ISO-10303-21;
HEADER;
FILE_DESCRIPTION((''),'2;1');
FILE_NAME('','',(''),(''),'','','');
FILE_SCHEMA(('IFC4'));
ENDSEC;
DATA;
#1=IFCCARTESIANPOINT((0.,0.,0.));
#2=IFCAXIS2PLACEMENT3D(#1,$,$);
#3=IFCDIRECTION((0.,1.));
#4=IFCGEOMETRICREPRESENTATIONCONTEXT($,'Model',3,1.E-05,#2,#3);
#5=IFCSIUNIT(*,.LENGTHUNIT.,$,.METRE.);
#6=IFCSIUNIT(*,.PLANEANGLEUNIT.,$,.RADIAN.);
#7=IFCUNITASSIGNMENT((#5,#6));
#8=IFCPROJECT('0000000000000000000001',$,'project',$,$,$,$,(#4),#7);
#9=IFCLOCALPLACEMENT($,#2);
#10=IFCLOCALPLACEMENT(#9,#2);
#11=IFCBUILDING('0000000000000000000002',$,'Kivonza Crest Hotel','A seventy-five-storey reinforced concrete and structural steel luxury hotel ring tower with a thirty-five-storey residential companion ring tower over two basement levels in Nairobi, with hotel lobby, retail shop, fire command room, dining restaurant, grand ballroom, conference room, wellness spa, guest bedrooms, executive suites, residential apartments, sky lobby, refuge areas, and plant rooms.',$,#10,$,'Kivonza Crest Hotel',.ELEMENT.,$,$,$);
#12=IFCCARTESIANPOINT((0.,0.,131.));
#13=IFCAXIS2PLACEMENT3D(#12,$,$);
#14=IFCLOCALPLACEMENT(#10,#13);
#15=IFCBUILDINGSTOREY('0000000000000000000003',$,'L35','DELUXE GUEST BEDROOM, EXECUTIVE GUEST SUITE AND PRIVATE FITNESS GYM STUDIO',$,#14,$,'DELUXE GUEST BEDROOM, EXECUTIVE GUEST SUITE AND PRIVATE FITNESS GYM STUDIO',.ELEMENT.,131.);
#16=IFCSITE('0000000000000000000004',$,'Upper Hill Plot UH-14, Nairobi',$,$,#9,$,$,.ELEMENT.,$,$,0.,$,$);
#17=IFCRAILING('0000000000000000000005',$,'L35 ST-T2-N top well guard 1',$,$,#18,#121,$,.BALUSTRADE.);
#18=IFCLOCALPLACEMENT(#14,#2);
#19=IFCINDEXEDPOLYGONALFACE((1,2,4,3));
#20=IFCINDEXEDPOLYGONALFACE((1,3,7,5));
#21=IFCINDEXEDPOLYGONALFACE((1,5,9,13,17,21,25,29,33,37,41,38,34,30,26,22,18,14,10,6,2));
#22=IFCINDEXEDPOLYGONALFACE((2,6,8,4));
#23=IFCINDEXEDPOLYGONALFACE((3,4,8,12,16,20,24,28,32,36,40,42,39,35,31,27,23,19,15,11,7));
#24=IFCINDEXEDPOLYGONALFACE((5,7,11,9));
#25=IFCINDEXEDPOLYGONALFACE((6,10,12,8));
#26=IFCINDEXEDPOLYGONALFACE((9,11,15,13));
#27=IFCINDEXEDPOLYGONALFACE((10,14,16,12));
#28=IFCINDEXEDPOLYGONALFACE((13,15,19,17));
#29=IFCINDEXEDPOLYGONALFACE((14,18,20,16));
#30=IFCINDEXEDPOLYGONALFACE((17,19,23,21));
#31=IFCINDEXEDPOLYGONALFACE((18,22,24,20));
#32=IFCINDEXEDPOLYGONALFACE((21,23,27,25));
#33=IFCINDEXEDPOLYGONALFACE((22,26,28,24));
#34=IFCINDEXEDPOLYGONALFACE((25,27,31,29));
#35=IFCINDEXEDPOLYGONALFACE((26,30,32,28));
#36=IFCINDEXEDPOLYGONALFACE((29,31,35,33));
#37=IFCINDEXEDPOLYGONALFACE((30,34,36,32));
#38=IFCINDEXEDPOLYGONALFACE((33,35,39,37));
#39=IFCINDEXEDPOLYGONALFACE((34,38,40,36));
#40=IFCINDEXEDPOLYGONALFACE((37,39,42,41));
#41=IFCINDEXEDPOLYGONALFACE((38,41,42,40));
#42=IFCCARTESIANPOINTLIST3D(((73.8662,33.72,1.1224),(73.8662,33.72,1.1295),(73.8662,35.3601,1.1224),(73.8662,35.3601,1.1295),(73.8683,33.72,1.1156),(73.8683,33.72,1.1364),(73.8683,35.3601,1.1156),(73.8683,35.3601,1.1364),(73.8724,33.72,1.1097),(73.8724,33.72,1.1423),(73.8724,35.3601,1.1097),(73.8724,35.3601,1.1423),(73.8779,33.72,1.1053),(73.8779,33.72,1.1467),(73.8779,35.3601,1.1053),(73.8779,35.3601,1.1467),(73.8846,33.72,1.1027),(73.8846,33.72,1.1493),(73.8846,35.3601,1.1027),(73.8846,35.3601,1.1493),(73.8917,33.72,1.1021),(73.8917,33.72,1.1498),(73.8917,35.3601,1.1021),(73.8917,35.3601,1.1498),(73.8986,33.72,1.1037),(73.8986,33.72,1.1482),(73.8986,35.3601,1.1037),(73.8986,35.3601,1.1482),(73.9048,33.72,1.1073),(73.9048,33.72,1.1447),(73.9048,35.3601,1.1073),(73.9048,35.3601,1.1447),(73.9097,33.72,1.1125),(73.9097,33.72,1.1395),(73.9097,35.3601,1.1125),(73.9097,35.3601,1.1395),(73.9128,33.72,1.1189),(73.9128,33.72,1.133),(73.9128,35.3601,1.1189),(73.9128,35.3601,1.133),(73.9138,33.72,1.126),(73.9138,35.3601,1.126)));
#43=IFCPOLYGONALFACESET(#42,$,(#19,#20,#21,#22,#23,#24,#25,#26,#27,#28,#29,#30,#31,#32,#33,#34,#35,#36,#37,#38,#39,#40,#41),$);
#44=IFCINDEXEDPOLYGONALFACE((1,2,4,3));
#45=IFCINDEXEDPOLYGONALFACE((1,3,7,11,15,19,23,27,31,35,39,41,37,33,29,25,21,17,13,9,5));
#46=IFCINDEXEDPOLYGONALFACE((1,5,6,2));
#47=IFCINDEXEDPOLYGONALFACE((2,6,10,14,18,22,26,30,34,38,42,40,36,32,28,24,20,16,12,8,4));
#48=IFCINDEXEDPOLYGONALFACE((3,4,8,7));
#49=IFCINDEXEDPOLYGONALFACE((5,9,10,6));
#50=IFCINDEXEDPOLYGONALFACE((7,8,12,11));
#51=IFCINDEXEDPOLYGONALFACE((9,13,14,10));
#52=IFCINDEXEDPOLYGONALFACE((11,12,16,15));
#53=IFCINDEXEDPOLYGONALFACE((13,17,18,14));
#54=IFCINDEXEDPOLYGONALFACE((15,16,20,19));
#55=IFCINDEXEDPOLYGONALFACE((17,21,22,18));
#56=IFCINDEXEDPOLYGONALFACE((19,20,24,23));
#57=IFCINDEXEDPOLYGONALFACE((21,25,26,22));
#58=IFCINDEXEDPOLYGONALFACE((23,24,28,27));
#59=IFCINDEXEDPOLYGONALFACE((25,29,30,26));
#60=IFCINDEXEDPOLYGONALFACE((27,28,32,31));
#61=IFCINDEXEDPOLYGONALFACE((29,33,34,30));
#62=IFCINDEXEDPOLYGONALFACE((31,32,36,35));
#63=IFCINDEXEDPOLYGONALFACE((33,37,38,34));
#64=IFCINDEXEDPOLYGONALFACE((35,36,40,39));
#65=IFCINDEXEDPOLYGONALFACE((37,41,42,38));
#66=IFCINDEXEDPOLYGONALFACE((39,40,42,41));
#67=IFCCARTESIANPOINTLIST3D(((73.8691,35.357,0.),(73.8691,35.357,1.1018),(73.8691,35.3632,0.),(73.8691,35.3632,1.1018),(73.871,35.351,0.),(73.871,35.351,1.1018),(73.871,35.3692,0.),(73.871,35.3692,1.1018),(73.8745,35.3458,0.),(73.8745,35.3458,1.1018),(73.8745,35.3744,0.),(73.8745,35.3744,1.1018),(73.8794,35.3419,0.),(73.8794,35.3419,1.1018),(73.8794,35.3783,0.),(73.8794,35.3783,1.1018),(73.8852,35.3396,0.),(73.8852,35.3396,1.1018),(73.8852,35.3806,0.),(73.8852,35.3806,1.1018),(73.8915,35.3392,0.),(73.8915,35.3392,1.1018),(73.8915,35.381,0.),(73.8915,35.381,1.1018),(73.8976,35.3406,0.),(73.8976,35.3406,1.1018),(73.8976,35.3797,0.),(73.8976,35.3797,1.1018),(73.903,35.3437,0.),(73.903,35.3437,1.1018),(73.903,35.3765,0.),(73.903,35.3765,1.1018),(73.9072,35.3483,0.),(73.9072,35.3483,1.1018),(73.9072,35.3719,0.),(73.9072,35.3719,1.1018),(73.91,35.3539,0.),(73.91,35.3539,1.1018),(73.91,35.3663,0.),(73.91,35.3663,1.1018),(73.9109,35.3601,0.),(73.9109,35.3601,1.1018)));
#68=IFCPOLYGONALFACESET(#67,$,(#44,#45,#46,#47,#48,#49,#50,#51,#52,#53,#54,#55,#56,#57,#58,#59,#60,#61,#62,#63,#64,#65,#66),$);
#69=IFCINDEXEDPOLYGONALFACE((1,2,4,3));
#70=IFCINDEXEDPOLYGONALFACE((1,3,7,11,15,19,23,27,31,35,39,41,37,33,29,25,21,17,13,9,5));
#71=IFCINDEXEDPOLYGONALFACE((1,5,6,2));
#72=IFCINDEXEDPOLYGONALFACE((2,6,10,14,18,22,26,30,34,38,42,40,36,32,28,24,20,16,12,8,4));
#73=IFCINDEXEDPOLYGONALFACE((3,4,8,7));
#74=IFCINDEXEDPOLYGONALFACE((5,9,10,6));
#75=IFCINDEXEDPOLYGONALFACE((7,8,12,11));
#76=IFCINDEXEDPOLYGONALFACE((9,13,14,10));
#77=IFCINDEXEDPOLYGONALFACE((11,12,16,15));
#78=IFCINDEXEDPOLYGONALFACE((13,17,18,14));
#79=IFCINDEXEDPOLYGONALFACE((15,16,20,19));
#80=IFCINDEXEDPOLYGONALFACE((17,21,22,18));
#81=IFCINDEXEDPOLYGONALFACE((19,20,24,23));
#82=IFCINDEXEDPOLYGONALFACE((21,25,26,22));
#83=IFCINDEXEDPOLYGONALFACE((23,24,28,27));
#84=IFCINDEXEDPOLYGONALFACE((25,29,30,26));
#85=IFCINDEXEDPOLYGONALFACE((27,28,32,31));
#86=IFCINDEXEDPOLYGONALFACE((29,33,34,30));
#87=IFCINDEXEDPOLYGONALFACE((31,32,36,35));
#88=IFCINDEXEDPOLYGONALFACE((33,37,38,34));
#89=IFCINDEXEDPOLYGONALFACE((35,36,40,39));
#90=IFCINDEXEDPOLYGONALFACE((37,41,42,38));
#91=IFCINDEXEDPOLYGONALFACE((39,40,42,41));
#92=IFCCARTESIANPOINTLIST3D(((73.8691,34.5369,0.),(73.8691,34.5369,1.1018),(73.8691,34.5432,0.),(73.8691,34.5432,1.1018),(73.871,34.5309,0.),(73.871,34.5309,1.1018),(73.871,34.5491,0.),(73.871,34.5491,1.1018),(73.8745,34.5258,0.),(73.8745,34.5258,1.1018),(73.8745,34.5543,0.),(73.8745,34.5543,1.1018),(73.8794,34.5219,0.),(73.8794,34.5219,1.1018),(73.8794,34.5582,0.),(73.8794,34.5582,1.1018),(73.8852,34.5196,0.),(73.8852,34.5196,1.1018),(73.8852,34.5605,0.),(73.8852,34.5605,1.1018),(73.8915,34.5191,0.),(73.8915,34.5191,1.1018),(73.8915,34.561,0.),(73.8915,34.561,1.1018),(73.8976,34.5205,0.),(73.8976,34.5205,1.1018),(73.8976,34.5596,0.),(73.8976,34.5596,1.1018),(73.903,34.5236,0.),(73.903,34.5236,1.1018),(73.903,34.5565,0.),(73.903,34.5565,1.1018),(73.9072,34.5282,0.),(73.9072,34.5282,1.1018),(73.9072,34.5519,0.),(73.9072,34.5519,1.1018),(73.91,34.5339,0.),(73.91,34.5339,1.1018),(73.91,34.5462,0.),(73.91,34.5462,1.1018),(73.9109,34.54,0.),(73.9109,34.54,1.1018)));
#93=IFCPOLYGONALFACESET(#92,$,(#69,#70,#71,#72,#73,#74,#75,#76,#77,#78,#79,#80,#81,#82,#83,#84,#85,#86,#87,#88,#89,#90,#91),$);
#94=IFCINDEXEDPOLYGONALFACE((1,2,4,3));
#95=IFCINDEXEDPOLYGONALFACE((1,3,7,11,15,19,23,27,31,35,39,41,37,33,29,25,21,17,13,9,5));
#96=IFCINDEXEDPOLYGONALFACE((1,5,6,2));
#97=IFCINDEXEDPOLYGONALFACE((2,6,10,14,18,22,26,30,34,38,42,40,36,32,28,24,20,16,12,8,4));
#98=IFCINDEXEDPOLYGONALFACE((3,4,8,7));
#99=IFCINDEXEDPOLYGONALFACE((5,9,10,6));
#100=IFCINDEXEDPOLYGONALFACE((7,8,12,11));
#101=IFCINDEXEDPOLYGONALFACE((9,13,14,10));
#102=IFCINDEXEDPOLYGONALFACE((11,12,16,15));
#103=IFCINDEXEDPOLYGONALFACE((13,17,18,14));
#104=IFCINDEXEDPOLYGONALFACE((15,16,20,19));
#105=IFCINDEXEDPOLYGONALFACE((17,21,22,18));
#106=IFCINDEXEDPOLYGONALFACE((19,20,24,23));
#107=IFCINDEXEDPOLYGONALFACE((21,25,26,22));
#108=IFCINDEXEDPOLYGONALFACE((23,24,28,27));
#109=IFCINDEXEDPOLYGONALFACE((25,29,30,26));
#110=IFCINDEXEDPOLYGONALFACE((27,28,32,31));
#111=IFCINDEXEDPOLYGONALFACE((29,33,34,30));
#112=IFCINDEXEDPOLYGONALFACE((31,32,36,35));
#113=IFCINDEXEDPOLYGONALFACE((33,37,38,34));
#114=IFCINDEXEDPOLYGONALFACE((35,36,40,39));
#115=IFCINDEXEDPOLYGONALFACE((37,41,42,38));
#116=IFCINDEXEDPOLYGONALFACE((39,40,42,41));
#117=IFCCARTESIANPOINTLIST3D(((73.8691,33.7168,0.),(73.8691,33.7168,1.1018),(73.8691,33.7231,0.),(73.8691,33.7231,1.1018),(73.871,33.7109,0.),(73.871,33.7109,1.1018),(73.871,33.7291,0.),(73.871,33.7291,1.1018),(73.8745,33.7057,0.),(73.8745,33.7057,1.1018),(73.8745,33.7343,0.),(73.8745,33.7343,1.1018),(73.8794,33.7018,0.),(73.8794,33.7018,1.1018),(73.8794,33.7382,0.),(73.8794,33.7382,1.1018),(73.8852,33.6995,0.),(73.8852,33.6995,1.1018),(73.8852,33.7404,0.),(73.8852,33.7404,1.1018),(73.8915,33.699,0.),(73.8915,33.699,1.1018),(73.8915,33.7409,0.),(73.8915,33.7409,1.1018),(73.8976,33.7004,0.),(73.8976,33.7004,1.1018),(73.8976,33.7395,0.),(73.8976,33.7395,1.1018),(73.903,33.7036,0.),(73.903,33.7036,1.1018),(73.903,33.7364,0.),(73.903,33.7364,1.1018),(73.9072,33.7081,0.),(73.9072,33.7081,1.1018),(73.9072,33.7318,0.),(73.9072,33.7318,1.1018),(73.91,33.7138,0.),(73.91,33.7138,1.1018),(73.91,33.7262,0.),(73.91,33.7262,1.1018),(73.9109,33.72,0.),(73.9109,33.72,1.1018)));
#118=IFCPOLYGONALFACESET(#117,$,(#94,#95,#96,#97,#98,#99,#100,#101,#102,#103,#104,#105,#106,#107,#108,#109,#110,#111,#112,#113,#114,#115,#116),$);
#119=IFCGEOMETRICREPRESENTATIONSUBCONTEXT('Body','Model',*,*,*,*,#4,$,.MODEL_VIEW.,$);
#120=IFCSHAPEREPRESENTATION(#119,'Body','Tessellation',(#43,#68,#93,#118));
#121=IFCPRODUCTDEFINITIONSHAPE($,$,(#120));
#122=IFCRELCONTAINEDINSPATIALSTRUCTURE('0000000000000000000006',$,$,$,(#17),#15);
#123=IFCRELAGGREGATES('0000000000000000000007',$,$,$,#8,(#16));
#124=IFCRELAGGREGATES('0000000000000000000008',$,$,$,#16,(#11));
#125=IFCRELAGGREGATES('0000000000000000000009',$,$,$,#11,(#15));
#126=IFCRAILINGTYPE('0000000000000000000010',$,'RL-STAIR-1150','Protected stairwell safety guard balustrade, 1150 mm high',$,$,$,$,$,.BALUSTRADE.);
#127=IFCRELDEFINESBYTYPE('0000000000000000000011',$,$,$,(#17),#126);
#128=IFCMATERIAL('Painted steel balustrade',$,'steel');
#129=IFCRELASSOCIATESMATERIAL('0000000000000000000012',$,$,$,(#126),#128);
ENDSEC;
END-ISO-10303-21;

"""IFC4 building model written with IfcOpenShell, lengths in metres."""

from ifc_helpers import new_model, si_unit, direction, frame, origin, origin_2d, place, context, subcontext, project, spatial, circle, extrude, material, type_object, element, save


model = new_model("IFC4")

# Units and contexts
model_context = context("Model", 3, precision=1e-05, world=origin(), true_north=direction((0.0, 1.0)))
body_context = subcontext(model_context, "Body", "Model", "MODEL_VIEW")
ifc_project = project(units=[si_unit("LENGTHUNIT", "METRE"), si_unit("PLANEANGLEUNIT", "RADIAN")], contexts=[model_context])

# Site, building, storey
site_placement = place(None, origin())
site = spatial("IfcSite", under=ifc_project, at=site_placement, Name="Upper Hill Plot UH-14, Nairobi", CompositionType="ELEMENT", RefElevation=0.0)
building_placement = place(site_placement, origin())
building = spatial("IfcBuilding", under=site, at=building_placement, Name="Kivonza Crest Hotel", Description="A seventy-five-storey reinforced concrete and structural steel luxury hotel ring tower with a thirty-five-storey residential companion ring tower over two basement levels in Nairobi, with hotel lobby, retail shop, fire command room, dining restaurant, grand ballroom, conference room, wellness spa, guest bedrooms, executive suites, residential apartments, sky lobby, refuge areas, and plant rooms.", LongName="Kivonza Crest Hotel", CompositionType="ELEMENT")
storey_placement = place(building_placement, frame((0.0, 0.0, 131.0)))
storey = spatial("IfcBuildingStorey", under=building, at=storey_placement, Name="L35", Description="DELUXE GUEST BEDROOM, EXECUTIVE GUEST SUITE AND PRIVATE FITNESS GYM STUDIO", LongName="DELUXE GUEST BEDROOM, EXECUTIVE GUEST SUITE AND PRIVATE FITNESS GYM STUDIO", CompositionType="ELEMENT", Elevation=131.0)

# Railing
ifc_material_1 = material(Name="Painted steel balustrade", Category="steel")
railing_type_1 = type_object("IfcRailingType", Name="RL-STAIR-1150", Description="Protected stairwell safety guard balustrade, 1150 mm high", PredefinedType="BALUSTRADE", material=ifc_material_1)
railing_1_placement = place(storey_placement, frame((73.8899, 35.3601, 0.0)))
element("IfcRailing", 1, at=railing_1_placement, inside=storey, type_object=railing_type_1, Name="L35 ST-T2-N top well guard 1", PredefinedType="BALUSTRADE", context=body_context, shape_type="SweptSolid", body=[
    extrude(circle(Radius=0.0239, at=origin_2d()), frame((0.0, 0.0, 1.126), z_axis=(0.0, -1.0, 0.0), x_axis=(1.0, 0.0, 0.0)), (0.0, 0.0, 1.0), 1.6401),
    extrude(circle(Radius=0.021, at=origin_2d()), origin(), (0.0, 0.0, 1.0), 1.1018),
    extrude(circle(Radius=0.021, at=origin_2d()), frame((0.0, -0.8201, 0.0)), (0.0, 0.0, 1.0), 1.1018),
    extrude(circle(Radius=0.021, at=origin_2d()), frame((0.0, -1.6401, 0.0)), (0.0, 0.0, 1.0), 1.1018),
])

save(model, "model.ifc")
